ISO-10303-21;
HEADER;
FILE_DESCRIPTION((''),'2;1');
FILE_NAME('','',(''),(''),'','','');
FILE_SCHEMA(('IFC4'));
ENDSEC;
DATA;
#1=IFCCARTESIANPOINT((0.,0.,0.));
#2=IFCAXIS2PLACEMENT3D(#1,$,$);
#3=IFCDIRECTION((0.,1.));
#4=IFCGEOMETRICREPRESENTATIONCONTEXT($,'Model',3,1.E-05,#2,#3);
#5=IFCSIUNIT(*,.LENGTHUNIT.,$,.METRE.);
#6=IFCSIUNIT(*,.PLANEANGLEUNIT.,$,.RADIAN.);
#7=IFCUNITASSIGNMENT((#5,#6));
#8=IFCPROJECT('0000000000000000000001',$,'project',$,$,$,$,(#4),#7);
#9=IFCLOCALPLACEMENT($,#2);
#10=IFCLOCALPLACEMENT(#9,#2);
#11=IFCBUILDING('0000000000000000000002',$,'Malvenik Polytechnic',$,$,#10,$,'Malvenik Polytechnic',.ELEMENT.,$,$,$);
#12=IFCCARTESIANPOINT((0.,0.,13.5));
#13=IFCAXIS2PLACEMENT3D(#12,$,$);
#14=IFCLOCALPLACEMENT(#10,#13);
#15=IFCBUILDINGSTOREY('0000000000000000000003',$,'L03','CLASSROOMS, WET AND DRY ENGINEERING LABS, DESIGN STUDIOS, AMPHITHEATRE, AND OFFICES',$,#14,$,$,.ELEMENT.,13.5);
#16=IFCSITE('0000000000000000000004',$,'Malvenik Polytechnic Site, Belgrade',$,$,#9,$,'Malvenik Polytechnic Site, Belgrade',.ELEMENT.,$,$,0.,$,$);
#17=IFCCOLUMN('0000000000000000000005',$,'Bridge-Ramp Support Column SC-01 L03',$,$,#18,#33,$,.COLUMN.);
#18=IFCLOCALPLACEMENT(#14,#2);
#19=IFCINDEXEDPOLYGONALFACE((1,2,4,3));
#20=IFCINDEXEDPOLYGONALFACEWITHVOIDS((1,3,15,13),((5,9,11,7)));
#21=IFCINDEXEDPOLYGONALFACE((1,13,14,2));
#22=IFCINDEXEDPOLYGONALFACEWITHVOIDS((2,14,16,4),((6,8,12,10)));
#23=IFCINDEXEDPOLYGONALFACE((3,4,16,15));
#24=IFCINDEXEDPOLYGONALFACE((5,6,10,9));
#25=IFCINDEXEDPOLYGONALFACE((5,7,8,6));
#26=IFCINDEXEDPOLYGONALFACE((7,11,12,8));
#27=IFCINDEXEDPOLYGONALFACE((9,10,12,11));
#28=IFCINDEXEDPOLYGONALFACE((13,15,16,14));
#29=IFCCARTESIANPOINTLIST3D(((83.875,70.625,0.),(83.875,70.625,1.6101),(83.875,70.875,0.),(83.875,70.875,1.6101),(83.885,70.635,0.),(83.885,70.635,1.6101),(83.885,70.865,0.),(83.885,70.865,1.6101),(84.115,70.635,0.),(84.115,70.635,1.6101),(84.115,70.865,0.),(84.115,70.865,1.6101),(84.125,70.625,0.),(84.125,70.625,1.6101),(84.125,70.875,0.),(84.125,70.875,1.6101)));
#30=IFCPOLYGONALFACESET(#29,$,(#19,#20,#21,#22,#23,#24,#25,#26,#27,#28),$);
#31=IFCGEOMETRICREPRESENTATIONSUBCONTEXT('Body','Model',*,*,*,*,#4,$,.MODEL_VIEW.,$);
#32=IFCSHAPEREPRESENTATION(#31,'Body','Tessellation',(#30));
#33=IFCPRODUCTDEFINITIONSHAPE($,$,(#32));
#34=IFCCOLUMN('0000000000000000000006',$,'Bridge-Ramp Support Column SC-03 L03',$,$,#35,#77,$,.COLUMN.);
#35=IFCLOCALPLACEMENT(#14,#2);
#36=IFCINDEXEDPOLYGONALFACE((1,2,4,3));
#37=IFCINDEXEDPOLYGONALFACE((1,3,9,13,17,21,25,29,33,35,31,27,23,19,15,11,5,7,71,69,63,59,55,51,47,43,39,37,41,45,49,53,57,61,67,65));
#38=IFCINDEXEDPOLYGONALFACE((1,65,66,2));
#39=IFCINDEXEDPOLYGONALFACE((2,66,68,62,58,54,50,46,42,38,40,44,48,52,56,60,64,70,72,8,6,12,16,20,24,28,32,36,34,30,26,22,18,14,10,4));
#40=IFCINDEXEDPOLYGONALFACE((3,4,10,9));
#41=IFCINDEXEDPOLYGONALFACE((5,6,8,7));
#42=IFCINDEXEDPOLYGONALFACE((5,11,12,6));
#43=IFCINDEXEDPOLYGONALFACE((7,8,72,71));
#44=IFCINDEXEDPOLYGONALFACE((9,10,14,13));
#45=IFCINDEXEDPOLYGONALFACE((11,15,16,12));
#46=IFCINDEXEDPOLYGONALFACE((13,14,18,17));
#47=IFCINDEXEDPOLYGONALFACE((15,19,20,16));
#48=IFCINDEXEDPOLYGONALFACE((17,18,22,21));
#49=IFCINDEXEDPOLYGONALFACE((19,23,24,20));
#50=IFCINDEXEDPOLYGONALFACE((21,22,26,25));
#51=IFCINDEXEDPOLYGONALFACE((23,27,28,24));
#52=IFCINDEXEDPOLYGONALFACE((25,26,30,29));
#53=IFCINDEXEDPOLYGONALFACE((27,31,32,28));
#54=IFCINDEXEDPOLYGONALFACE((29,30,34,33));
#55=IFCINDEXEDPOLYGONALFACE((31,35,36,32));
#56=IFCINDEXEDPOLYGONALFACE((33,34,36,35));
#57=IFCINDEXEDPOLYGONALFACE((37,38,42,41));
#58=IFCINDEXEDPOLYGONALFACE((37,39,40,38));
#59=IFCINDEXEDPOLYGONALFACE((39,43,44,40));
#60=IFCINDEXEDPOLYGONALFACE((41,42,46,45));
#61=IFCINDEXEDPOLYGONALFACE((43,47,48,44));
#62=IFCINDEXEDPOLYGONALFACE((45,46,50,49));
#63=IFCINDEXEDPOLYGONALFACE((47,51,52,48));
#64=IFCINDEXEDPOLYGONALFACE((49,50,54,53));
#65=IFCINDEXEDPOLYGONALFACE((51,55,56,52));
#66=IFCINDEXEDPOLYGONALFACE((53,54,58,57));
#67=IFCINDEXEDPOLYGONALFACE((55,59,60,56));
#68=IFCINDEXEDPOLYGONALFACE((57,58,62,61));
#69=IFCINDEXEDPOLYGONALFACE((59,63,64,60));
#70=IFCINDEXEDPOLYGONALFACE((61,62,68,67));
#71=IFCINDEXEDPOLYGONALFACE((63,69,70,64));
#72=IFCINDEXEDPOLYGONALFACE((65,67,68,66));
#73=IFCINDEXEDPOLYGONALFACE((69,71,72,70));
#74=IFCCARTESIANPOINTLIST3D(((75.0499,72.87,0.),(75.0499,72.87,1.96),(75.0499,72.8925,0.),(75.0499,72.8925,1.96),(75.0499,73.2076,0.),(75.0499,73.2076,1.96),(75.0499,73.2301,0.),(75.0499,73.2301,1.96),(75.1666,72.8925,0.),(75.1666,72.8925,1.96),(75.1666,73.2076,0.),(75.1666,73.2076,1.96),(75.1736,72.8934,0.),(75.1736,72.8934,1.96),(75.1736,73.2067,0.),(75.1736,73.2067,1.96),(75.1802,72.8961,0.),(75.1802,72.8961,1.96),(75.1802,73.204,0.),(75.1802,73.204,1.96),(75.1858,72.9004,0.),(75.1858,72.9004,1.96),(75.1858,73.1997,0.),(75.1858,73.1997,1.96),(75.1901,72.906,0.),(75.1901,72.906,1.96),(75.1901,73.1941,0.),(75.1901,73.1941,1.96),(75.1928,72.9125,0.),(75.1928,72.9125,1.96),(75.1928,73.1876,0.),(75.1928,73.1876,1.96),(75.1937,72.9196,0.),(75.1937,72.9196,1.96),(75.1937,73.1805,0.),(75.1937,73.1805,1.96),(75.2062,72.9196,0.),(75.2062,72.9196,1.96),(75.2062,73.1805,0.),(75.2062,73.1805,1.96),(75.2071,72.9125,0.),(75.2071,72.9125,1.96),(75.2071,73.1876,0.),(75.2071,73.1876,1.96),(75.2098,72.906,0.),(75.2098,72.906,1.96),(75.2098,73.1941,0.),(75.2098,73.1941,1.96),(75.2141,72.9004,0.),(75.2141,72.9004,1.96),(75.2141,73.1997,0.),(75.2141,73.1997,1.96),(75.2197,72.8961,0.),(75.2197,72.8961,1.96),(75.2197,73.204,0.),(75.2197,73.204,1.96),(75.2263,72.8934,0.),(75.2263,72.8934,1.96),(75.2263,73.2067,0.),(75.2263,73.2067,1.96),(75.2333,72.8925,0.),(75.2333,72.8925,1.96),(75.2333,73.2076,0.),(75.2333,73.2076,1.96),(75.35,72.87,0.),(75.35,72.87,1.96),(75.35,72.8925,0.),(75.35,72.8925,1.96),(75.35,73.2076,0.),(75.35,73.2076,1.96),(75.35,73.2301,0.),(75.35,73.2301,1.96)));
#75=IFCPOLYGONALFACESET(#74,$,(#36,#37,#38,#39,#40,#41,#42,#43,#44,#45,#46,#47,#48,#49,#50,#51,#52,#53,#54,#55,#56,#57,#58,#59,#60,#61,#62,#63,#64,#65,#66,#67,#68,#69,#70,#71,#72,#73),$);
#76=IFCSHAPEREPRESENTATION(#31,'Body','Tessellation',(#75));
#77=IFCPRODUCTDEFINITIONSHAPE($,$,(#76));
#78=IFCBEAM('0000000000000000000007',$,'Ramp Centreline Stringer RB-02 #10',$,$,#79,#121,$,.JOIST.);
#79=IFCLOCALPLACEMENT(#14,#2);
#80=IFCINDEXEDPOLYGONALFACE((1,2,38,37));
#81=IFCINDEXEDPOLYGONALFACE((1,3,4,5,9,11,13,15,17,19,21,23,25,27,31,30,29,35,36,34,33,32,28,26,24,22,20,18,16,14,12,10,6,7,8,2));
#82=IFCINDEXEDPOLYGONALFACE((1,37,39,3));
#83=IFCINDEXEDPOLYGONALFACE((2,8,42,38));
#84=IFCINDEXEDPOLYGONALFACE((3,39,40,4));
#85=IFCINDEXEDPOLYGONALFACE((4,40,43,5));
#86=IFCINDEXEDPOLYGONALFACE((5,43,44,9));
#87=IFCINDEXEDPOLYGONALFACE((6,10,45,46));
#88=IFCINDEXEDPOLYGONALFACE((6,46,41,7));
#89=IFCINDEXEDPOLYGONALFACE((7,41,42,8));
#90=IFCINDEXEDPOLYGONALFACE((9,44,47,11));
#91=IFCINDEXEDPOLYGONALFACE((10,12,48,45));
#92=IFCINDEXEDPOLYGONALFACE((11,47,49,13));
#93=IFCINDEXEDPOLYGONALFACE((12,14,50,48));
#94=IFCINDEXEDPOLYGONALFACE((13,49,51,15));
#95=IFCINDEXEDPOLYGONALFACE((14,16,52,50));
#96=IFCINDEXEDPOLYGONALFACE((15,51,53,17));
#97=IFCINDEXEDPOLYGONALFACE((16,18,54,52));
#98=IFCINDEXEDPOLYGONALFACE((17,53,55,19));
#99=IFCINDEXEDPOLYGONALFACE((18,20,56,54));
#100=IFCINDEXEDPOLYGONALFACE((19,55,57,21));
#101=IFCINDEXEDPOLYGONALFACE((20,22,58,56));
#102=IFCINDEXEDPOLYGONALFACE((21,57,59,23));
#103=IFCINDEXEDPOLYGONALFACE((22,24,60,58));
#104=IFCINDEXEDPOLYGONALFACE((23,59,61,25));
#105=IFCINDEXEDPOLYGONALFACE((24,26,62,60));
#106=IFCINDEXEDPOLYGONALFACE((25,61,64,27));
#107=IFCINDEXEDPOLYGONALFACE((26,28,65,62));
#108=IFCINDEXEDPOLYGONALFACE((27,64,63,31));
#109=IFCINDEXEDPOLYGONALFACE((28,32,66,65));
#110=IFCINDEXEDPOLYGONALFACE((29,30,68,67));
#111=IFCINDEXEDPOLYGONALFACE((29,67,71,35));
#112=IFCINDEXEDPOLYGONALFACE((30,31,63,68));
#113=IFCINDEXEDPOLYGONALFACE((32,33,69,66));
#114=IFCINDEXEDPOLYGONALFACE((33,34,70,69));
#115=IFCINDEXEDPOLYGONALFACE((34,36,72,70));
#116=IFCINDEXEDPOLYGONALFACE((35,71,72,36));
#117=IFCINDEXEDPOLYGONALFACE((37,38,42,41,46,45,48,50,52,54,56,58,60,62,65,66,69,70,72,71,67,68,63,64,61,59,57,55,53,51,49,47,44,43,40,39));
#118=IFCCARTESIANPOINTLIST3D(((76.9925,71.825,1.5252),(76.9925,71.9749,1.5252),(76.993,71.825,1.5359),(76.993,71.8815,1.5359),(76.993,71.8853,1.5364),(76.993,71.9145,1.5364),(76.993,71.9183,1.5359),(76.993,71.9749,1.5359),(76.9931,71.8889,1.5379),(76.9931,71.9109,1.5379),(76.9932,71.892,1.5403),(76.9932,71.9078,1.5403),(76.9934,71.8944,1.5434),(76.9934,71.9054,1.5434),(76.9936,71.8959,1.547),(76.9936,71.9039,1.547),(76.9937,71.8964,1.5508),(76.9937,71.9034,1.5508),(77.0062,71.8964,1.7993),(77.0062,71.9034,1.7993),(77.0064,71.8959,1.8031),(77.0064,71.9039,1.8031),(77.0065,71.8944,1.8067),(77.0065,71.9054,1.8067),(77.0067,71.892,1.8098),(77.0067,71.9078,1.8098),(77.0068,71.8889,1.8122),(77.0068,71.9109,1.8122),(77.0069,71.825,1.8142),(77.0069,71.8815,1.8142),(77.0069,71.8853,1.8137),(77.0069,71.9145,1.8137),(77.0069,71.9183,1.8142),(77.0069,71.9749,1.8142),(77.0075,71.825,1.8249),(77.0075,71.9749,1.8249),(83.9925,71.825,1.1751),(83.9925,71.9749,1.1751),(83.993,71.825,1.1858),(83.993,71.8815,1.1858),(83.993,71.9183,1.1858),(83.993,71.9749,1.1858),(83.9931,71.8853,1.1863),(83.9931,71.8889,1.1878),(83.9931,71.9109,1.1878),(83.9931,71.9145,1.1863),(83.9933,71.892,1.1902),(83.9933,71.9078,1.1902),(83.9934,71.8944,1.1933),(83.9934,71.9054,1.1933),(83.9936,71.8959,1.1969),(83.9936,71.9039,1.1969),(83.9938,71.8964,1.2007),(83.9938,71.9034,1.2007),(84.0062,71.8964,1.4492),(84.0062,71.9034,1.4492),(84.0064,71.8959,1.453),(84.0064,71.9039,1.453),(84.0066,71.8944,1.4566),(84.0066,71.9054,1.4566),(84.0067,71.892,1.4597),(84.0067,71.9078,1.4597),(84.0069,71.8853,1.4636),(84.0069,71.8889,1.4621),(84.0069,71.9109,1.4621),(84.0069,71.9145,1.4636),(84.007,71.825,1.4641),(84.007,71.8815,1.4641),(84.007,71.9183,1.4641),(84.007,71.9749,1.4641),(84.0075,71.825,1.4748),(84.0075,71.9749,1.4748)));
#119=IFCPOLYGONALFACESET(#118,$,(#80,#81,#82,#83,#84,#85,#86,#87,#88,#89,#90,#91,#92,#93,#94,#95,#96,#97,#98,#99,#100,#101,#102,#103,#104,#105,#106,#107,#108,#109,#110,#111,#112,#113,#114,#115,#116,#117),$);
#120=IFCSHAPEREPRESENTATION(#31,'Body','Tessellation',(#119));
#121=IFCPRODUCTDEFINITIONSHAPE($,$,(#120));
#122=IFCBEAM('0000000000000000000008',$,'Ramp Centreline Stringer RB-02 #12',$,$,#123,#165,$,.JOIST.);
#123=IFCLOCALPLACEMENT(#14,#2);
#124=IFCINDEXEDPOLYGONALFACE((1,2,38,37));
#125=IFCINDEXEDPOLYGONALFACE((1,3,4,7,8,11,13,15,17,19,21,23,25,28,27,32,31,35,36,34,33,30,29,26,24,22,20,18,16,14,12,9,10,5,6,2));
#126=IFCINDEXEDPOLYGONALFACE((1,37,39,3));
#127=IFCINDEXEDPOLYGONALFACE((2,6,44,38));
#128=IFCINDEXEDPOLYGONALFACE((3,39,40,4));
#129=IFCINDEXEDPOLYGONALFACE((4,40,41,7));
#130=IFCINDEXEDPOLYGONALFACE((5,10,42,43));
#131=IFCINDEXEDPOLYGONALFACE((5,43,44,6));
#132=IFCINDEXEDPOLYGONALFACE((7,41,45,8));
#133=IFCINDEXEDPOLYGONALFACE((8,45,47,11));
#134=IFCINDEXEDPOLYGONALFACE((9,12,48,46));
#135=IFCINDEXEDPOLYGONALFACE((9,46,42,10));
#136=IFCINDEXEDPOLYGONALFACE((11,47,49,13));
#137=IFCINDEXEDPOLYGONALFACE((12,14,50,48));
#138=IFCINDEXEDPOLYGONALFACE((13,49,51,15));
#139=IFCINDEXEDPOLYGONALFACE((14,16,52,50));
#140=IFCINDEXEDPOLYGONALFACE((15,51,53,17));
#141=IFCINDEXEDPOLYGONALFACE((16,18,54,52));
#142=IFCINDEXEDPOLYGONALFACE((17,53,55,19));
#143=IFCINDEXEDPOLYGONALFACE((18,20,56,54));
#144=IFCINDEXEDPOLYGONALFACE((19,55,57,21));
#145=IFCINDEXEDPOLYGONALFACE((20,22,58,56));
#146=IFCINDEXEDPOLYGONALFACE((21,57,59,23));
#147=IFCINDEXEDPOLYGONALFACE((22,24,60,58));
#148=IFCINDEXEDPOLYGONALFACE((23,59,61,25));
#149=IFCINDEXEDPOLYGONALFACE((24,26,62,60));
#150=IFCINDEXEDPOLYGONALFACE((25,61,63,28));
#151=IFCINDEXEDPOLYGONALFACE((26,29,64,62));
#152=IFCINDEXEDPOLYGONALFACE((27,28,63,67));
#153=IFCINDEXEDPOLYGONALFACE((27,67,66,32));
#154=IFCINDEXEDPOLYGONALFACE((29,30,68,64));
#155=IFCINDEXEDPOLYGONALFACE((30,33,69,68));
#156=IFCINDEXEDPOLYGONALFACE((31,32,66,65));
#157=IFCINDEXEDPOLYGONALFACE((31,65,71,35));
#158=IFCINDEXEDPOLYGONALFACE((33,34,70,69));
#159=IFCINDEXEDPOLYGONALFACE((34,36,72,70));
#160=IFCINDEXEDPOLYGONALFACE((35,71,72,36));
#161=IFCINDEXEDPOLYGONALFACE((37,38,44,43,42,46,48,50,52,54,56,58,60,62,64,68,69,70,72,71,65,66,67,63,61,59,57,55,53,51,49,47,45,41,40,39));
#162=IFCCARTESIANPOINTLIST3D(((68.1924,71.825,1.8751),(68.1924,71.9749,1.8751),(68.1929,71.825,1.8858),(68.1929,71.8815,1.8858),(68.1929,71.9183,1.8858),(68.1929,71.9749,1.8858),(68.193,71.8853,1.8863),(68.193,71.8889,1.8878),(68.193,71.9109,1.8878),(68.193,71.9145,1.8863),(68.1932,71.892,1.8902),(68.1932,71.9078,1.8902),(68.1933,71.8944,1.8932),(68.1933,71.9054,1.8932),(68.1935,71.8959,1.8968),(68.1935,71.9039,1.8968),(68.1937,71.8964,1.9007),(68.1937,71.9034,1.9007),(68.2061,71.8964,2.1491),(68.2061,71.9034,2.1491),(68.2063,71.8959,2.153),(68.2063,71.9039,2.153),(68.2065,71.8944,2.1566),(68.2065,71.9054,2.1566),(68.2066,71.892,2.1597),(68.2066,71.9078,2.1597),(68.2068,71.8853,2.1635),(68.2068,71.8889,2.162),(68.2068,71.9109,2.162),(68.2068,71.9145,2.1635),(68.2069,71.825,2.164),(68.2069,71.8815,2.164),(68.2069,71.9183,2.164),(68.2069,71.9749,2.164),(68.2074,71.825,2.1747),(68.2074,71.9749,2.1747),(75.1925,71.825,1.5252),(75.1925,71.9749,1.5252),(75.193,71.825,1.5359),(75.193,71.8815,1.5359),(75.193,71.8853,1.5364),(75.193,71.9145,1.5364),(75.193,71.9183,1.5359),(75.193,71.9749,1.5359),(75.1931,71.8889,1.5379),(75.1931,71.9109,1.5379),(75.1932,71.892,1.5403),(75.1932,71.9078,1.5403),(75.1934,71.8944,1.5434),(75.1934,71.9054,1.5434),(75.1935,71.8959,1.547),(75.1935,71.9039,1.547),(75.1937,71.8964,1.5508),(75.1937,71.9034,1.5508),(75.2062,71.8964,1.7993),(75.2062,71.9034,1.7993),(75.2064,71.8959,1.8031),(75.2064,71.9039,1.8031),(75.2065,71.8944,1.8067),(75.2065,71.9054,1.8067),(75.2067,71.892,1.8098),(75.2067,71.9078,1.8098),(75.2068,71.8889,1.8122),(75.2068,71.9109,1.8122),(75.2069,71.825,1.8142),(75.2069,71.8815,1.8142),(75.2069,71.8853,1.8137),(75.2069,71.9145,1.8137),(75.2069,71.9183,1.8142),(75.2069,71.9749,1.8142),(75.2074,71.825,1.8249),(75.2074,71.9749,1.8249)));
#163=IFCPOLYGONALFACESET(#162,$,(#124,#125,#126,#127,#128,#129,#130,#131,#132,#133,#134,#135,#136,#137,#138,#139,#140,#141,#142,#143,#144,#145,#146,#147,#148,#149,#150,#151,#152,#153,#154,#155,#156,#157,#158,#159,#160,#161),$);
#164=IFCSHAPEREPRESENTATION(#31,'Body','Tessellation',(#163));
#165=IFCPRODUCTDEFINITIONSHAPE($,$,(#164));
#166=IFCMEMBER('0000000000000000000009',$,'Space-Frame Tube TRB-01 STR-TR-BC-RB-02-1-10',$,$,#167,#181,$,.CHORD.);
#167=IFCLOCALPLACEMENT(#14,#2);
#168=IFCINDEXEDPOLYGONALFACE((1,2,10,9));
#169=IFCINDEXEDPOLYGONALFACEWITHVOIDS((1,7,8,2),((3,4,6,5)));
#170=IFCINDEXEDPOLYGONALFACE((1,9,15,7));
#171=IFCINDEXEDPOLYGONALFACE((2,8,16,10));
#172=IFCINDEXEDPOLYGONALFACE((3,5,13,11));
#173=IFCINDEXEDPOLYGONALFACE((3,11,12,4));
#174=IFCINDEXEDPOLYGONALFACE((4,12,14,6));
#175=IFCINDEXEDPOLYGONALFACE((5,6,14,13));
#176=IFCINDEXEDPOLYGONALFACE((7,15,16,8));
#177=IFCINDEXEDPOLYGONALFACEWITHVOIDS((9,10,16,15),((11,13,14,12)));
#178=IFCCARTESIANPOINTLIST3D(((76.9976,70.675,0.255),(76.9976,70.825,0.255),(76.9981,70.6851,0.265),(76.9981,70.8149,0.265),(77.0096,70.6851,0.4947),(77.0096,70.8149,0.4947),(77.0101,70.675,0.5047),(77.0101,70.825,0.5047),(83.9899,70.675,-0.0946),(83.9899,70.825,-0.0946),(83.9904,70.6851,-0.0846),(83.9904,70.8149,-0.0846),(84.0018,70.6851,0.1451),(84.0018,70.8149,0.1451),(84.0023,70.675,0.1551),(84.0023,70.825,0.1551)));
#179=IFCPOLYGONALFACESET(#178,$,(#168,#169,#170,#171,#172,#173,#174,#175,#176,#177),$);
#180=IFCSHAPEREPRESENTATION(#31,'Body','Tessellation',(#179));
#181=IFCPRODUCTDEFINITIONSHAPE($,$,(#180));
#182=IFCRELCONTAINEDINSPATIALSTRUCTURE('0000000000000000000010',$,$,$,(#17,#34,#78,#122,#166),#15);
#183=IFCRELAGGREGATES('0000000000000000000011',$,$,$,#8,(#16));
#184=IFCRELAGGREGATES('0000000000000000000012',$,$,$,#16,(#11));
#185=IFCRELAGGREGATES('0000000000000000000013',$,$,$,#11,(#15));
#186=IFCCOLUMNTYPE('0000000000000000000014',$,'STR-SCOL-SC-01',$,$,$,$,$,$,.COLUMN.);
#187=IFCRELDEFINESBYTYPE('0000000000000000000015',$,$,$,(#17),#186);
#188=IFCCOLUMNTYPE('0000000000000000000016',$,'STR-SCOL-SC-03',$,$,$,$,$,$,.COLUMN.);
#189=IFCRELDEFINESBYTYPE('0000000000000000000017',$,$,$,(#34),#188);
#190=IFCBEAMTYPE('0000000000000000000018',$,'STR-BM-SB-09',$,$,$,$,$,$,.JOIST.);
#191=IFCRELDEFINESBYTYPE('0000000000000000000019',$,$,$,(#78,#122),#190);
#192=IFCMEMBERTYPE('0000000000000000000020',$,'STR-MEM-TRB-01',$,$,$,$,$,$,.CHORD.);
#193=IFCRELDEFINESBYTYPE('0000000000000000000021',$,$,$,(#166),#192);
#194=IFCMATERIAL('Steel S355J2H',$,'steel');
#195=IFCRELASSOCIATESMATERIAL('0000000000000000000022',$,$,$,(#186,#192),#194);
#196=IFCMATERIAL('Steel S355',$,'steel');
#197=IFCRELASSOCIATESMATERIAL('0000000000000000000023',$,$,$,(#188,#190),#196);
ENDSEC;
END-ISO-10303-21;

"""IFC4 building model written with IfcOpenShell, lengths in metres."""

from ifc_helpers import new_model, si_unit, direction, frame, origin, origin_2d, place, context, subcontext, project, spatial, hollow_rectangle, i_section, extrude, material, material_profile, profile_set, type_object, element, save


model = new_model("IFC4")

# Units and contexts
model_context = context("Model", 3, precision=1e-05, world=origin(), true_north=direction((0.0, 1.0)))
body_context = subcontext(model_context, "Body", "Model", "MODEL_VIEW")
ifc_project = project(units=[si_unit("LENGTHUNIT", "METRE"), si_unit("PLANEANGLEUNIT", "RADIAN")], contexts=[model_context])

# Site, building, storey
site_placement = place(None, origin())
site = spatial("IfcSite", under=ifc_project, at=site_placement, Name="Malvenik Polytechnic Site, Belgrade", LongName="Malvenik Polytechnic Site, Belgrade", CompositionType="ELEMENT", RefElevation=0.0)
building_placement = place(site_placement, origin())
building = spatial("IfcBuilding", under=site, at=building_placement, Name="Malvenik Polytechnic", LongName="Malvenik Polytechnic", CompositionType="ELEMENT")
storey_placement = place(building_placement, frame((0.0, 0.0, 13.5)))
storey = spatial("IfcBuildingStorey", under=building, at=storey_placement, Name="L03", Description="CLASSROOMS, WET AND DRY ENGINEERING LABS, DESIGN STUDIOS, AMPHITHEATRE, AND OFFICES", CompositionType="ELEMENT", Elevation=13.5)

# Columns
ifc_material_1 = material(Name="Steel S355J2H", Category="steel")
ifc_material_profile_1 = material_profile(ifc_material_1, hollow_rectangle(XDim=0.25, YDim=0.25, WallThickness=0.01, at=origin_2d()), Name="SHS 250x250x10.0")
ifc_profile_set_1 = profile_set([ifc_material_profile_1], Name="Steel S355J2H")
column_type_1 = type_object("IfcColumnType", Name="STR-SCOL-SC-01", PredefinedType="COLUMN", material=ifc_profile_set_1)
column_1_placement = place(storey_placement, frame((84.0, 70.75, 0.0), z_axis=(0.0, 0.0, 1.0), x_axis=(1.0, 0.0, 0.0)))
element("IfcColumn", 1, at=column_1_placement, inside=storey, type_object=column_type_1, Name="Bridge-Ramp Support Column SC-01 L03", PredefinedType="COLUMN", context=body_context, shape_type="SweptSolid", body=[
    extrude(hollow_rectangle(XDim=0.25, YDim=0.25, WallThickness=0.01, at=origin_2d()), origin(), (0.0, 0.0, 1.0), 1.6101),
])
ifc_material_2 = material(Name="Steel S355", Category="steel")
ifc_material_profile_2 = material_profile(ifc_material_2, i_section(OverallWidth=0.3, OverallDepth=0.3601, WebThickness=0.0125, FlangeThickness=0.0225, FilletRadius=0.0271, at=origin_2d()), Name="HEB 360")
ifc_profile_set_2 = profile_set([ifc_material_profile_2], Name="Steel S355")
column_type_2 = type_object("IfcColumnType", Name="STR-SCOL-SC-03", PredefinedType="COLUMN", material=ifc_profile_set_2)
column_2_placement = place(storey_placement, frame((75.2, 73.05, 0.0), z_axis=(0.0, 0.0, 1.0), x_axis=(1.0, 0.0, 0.0)))
element("IfcColumn", 2, at=column_2_placement, inside=storey, type_object=column_type_2, Name="Bridge-Ramp Support Column SC-03 L03", PredefinedType="COLUMN", context=body_context, shape_type="SweptSolid", body=[
    extrude(i_section(OverallWidth=0.3, OverallDepth=0.3601, WebThickness=0.0125, FlangeThickness=0.0225, FilletRadius=0.0271, at=origin_2d()), origin(), (0.0, 0.0, 1.0), 1.96),
])

# Beams
ifc_material_profile_3 = material_profile(ifc_material_2, i_section(OverallWidth=0.1499, OverallDepth=0.3, WebThickness=0.0071, FlangeThickness=0.0107, FilletRadius=0.0149, at=origin_2d()), Name="IPE 300")
ifc_profile_set_3 = profile_set([ifc_material_profile_3], Name="Steel S355")
beam_type = type_object("IfcBeamType", Name="STR-BM-SB-09", PredefinedType="JOIST", material=ifc_profile_set_3)
for number, where, z_axis, x_axis, name in (
    (3, (84.0, 71.8999, 1.325), (-0.998752, 0.0, 0.049952), (0.0, -1.0, 0.0), "Ramp Centreline Stringer RB-02 #10"),
    (4, (75.2, 71.8999, 1.675), (-0.998753, 0.0, 0.049917), (0.0, -1.0, 0.0), "Ramp Centreline Stringer RB-02 #12"),
):
    element("IfcBeam", number, at=place(storey_placement, frame(where, z_axis=z_axis, x_axis=x_axis)), inside=storey, type_object=beam_type, Name=name, PredefinedType="JOIST", context=body_context, shape_type="SweptSolid", body=[
        extrude(i_section(OverallWidth=0.1499, OverallDepth=0.3, WebThickness=0.0071, FlangeThickness=0.0107, FilletRadius=0.0149, at=origin_2d()), origin(), (0.0, 0.0, 1.0), 7.0088),
    ])

# Member
ifc_material_profile_4 = material_profile(ifc_material_1, hollow_rectangle(XDim=0.1499, YDim=0.25, WallThickness=0.01, at=origin_2d()), Name="RHS 250x150x10.0")
ifc_profile_set_4 = profile_set([ifc_material_profile_4], Name="Steel S355J2H")
member_type_1 = type_object("IfcMemberType", Name="STR-MEM-TRB-01", PredefinedType="CHORD", material=ifc_profile_set_4)
member_1_placement = place(storey_placement, frame((83.9961, 70.75, 0.0303), z_axis=(-0.998752, 0.0, 0.049938), x_axis=(0.0, -1.0, 0.0)))
element("IfcMember", 5, at=member_1_placement, inside=storey, type_object=member_type_1, Name="Space-Frame Tube TRB-01 STR-TR-BC-RB-02-1-10", PredefinedType="CHORD", context=body_context, shape_type="SweptSolid", body=[
    extrude(hollow_rectangle(XDim=0.1499, YDim=0.25, WallThickness=0.01, at=origin_2d()), origin(), (0.0, 0.0, 1.0), 7.001),
])

save(model, "model.ifc")
